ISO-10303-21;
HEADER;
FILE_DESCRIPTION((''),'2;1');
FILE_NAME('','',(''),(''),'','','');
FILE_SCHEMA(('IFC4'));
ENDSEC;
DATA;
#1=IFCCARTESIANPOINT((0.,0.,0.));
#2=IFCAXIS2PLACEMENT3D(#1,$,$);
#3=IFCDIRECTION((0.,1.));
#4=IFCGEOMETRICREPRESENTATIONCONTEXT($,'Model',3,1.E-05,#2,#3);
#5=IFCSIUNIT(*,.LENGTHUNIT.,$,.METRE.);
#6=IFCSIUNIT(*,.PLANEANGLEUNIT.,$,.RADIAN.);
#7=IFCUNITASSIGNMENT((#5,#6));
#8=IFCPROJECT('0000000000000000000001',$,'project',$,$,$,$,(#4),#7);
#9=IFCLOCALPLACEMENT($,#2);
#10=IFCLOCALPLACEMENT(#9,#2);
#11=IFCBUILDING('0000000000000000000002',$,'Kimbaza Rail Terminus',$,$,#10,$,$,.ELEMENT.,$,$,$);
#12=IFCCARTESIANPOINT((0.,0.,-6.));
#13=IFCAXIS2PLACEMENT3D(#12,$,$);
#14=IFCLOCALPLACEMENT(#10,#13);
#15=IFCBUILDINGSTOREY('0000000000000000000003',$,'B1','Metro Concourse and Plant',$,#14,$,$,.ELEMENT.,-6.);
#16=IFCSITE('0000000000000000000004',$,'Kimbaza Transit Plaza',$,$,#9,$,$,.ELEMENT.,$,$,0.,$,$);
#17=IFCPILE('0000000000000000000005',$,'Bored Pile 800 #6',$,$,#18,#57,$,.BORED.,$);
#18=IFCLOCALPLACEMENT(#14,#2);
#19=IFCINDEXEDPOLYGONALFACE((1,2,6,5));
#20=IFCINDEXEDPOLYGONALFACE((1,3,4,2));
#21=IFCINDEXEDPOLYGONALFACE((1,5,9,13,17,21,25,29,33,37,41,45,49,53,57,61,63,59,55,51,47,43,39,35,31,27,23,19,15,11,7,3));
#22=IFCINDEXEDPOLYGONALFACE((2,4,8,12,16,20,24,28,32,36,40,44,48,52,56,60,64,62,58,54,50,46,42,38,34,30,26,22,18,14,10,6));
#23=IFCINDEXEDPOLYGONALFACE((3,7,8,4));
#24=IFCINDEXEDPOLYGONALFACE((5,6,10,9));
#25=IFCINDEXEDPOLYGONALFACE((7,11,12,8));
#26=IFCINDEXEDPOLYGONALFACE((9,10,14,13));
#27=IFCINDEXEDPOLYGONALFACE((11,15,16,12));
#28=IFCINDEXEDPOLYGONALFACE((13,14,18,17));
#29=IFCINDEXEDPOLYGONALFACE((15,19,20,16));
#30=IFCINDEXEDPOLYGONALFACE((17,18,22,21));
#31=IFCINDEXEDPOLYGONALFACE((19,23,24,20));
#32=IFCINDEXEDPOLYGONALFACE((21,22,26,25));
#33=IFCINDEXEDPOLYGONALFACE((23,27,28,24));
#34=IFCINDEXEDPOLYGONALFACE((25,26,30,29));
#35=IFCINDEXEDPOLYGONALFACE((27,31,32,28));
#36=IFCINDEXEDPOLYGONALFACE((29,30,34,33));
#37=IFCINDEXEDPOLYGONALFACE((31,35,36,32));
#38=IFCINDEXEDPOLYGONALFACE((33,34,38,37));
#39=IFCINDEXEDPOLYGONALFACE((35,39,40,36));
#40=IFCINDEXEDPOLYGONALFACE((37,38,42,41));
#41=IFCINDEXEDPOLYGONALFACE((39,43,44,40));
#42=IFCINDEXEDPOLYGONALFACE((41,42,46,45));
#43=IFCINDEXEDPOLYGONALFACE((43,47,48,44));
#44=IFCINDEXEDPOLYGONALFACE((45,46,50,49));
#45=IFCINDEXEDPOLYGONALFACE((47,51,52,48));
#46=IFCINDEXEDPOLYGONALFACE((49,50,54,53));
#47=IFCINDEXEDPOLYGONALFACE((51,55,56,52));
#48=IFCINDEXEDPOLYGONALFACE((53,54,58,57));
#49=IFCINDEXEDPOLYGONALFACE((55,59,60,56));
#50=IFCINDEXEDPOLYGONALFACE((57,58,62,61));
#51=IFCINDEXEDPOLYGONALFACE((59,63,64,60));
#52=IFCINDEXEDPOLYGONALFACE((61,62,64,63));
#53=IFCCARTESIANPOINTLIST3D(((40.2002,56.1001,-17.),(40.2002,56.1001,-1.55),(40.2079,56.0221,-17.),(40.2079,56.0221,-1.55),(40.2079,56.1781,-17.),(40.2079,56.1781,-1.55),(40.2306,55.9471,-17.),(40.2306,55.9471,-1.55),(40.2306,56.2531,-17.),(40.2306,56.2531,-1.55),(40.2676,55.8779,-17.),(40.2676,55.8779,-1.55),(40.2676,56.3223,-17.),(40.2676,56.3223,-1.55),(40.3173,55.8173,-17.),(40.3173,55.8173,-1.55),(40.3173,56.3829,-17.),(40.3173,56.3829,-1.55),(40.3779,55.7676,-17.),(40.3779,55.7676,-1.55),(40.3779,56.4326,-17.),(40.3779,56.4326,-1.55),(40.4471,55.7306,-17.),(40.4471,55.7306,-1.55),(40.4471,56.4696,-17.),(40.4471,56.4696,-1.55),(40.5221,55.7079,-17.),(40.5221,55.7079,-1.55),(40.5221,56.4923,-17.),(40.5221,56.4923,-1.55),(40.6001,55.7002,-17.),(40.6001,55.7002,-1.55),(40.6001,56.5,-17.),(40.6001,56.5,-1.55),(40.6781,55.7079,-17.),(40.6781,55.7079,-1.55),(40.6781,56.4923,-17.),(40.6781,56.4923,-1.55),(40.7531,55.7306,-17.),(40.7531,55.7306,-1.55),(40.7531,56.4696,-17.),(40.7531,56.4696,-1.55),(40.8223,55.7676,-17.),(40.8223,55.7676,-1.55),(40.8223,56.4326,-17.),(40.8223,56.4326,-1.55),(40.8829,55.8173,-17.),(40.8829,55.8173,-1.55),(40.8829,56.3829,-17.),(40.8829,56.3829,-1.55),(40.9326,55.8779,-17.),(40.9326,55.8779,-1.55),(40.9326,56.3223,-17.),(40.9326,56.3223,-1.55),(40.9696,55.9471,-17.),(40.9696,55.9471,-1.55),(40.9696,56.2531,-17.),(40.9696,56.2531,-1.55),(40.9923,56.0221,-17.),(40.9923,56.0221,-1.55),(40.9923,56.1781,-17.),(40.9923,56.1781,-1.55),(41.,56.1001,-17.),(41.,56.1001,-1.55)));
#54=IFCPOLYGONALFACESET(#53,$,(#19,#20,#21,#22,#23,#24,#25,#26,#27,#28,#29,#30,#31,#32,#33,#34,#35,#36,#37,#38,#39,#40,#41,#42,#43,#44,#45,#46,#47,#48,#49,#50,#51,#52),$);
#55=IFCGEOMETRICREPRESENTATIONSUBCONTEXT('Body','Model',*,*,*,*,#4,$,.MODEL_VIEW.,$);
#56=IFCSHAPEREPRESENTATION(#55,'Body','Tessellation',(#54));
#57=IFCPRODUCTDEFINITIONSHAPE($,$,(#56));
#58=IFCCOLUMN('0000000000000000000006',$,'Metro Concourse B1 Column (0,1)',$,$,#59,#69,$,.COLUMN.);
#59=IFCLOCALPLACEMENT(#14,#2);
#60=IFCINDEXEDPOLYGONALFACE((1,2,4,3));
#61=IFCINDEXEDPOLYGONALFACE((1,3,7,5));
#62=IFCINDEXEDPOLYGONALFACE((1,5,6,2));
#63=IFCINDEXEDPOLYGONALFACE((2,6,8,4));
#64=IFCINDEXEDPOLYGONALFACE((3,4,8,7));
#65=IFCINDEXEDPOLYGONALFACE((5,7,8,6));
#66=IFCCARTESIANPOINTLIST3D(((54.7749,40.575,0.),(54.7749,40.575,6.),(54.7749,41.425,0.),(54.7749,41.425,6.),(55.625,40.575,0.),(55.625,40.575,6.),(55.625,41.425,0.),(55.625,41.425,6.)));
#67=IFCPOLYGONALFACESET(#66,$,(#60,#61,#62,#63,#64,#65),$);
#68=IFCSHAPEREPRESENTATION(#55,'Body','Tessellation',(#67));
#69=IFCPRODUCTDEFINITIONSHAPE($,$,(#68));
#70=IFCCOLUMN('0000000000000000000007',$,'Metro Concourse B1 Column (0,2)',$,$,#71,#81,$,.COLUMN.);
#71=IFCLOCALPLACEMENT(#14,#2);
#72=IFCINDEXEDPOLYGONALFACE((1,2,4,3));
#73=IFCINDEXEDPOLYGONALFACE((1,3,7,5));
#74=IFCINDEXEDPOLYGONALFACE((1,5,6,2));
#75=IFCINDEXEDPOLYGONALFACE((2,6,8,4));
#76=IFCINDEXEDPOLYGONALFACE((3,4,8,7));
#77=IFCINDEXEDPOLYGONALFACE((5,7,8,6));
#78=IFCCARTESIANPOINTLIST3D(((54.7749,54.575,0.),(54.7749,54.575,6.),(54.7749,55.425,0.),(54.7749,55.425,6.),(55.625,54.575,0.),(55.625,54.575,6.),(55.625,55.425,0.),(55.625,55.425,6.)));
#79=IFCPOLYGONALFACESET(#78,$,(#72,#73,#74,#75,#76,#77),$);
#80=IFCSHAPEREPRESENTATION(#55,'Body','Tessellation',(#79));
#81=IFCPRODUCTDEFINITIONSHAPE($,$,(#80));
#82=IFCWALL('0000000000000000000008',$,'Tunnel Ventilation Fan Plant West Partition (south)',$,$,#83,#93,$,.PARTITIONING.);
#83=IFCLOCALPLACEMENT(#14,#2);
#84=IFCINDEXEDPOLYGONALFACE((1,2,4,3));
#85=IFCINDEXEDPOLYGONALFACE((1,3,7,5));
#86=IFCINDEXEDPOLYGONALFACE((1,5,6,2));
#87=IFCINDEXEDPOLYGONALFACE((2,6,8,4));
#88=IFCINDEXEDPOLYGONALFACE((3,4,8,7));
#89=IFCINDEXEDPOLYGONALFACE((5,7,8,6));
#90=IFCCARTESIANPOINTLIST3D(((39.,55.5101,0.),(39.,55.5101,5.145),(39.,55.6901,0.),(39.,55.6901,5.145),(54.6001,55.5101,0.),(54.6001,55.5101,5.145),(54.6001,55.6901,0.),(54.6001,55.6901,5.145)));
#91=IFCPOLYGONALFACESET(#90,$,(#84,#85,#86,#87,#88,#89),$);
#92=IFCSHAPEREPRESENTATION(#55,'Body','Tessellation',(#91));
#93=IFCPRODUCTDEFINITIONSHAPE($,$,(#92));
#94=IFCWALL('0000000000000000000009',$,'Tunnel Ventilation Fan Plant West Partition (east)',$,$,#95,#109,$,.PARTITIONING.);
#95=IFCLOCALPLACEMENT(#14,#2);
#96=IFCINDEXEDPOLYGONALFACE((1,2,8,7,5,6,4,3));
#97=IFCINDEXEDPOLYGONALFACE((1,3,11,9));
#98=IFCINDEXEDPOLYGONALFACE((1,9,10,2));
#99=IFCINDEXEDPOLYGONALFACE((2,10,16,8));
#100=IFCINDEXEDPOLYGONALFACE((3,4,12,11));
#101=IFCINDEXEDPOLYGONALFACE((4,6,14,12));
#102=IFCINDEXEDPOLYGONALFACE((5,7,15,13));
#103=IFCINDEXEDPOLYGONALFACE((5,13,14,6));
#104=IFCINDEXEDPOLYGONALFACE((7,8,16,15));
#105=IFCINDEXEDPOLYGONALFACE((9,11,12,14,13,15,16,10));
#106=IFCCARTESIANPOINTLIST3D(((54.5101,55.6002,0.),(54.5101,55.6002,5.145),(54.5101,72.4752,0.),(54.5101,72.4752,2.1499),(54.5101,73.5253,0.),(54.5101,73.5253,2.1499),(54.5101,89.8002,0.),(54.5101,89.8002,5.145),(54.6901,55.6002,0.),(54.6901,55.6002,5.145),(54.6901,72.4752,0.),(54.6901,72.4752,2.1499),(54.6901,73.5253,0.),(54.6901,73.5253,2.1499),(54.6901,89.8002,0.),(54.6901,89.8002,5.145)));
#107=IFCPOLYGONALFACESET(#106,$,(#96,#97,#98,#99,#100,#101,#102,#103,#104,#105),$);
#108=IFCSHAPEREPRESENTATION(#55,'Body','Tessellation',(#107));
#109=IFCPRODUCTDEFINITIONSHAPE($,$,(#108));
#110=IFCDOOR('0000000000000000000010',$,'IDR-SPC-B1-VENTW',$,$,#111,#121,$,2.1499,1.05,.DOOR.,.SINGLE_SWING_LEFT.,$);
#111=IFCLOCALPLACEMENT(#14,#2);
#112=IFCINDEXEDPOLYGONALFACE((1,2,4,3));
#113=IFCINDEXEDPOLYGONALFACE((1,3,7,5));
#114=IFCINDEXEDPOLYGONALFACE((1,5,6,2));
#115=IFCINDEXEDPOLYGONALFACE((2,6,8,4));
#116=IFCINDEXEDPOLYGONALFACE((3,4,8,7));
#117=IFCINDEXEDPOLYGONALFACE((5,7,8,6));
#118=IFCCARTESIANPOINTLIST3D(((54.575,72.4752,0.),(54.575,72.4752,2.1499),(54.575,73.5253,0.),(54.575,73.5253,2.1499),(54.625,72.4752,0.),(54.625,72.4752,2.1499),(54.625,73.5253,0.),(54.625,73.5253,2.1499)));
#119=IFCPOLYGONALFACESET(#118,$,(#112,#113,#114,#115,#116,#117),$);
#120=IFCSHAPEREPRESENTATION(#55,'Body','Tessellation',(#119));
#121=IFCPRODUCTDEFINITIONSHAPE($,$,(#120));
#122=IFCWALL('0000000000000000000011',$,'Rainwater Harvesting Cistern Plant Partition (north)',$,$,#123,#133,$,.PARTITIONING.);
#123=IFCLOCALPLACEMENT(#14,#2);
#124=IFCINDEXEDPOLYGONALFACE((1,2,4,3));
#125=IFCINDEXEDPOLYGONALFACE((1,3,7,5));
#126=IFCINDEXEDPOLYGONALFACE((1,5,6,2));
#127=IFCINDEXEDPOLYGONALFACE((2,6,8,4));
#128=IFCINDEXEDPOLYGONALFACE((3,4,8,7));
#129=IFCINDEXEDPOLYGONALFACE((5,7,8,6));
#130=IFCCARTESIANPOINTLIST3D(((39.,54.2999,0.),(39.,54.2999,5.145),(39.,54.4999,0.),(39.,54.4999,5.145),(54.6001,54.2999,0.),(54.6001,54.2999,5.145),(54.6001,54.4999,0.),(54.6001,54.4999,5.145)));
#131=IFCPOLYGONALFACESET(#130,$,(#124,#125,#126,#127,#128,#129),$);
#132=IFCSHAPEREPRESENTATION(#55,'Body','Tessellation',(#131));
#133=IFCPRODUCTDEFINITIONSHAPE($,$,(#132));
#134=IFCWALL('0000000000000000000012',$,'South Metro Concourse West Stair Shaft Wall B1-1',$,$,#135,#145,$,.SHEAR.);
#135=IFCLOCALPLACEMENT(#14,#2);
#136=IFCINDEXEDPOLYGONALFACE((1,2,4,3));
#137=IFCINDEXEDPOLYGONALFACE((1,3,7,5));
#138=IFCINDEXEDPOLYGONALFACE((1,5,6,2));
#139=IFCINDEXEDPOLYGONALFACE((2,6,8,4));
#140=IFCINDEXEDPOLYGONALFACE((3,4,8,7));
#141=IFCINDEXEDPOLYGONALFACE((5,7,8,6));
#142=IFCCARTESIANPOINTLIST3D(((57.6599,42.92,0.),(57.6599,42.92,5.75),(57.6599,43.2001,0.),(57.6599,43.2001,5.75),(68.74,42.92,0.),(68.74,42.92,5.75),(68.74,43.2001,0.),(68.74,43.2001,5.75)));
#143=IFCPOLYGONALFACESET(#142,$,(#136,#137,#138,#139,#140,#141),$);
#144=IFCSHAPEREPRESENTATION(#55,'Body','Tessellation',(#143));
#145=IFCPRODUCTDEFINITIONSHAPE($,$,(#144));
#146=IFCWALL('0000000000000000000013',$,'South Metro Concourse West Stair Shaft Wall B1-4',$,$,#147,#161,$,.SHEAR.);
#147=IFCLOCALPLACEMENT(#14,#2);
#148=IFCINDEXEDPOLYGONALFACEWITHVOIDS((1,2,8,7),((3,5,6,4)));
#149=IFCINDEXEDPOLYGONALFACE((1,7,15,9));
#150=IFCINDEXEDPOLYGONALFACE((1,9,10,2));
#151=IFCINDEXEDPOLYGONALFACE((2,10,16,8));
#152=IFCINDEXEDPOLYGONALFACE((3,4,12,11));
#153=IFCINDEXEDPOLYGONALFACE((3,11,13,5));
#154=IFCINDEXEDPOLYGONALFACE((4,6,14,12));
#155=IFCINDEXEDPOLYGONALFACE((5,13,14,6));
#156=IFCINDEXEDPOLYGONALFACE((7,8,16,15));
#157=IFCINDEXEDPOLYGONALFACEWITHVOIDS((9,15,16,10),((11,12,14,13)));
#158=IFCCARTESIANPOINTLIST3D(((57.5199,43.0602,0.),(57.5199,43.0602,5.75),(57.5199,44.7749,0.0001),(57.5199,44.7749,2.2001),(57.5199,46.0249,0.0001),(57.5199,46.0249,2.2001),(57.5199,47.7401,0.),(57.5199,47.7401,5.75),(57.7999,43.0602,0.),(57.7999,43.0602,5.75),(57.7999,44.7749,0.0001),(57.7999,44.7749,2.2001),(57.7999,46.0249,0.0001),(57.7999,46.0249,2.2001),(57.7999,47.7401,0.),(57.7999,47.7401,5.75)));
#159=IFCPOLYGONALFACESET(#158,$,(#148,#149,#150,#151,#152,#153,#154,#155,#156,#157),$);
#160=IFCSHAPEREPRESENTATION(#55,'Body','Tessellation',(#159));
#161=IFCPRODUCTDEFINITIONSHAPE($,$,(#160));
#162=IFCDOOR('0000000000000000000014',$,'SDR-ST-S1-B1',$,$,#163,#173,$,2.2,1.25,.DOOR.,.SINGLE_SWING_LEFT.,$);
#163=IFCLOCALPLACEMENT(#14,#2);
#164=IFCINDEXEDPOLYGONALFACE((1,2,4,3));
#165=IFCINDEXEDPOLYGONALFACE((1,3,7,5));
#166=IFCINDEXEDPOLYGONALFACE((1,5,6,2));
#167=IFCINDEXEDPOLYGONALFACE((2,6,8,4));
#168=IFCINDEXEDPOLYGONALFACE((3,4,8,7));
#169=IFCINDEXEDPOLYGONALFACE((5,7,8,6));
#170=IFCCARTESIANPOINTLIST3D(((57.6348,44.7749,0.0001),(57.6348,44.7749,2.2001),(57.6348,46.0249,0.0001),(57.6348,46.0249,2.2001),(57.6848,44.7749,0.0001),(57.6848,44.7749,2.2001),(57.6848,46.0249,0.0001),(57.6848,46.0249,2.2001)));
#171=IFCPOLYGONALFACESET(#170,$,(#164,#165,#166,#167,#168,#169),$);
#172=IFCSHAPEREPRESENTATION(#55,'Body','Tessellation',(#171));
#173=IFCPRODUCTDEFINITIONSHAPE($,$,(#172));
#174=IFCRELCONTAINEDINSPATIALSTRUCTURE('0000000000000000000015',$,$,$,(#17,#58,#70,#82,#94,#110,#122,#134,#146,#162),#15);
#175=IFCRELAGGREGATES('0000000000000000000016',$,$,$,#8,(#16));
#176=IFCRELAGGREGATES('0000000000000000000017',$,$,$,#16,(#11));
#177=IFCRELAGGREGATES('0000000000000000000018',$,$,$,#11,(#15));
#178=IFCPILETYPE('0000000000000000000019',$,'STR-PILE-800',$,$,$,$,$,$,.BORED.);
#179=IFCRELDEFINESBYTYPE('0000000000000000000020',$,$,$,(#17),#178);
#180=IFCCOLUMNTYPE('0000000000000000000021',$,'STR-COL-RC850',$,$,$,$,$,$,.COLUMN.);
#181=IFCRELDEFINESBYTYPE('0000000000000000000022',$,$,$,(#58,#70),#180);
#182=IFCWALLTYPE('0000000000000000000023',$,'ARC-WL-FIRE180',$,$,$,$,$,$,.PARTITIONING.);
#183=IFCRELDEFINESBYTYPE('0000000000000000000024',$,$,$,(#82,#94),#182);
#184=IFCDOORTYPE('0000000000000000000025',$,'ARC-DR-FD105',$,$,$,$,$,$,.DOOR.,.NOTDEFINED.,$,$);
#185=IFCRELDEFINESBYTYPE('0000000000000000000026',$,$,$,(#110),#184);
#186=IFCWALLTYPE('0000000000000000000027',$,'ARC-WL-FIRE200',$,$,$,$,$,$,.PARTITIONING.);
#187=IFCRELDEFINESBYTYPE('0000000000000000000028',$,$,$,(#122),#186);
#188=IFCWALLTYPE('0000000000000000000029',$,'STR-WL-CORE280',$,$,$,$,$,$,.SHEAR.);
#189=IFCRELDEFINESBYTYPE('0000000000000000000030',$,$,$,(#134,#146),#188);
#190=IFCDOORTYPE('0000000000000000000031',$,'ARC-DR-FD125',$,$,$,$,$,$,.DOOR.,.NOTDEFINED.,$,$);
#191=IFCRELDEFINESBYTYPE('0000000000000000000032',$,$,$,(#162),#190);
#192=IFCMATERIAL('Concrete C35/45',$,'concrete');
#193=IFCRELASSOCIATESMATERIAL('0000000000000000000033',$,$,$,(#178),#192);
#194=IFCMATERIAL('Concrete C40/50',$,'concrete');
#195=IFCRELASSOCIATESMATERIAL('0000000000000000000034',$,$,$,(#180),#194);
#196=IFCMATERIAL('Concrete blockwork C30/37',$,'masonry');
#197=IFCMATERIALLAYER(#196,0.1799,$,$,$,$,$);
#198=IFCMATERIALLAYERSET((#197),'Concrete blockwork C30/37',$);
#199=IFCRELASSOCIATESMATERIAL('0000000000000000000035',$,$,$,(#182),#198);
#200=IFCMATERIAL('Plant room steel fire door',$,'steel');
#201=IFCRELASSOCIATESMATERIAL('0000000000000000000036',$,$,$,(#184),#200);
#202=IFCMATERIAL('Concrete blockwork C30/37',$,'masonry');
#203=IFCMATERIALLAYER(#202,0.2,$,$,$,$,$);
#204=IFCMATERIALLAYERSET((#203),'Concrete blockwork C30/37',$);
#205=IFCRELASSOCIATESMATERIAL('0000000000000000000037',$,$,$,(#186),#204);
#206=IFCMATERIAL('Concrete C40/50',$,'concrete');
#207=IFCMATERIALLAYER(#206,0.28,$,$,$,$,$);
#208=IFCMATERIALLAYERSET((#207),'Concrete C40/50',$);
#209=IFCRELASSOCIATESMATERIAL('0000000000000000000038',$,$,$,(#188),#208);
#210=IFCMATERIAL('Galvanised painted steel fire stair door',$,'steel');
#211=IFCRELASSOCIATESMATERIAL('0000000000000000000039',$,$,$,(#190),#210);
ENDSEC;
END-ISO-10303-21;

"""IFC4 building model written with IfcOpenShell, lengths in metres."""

from ifc_helpers import new_model, si_unit, direction, frame, frame_2d, origin, origin_2d, place, context, subcontext, project, spatial, rectangle, circle, extrude, material, layer, layer_set, material_profile, profile_set, type_object, element, fill, save


model = new_model("IFC4")

# Units and contexts
model_context = context("Model", 3, precision=1e-05, world=origin(), true_north=direction((0.0, 1.0)))
body_context = subcontext(model_context, "Body", "Model", "MODEL_VIEW")
ifc_project = project(units=[si_unit("LENGTHUNIT", "METRE"), si_unit("PLANEANGLEUNIT", "RADIAN")], contexts=[model_context])

# Site, building, storey
site_placement = place(None, origin())
site = spatial("IfcSite", under=ifc_project, at=site_placement, Name="Kimbaza Transit Plaza", CompositionType="ELEMENT", RefElevation=0.0)
building_placement = place(site_placement, origin())
building = spatial("IfcBuilding", under=site, at=building_placement, Name="Kimbaza Rail Terminus", CompositionType="ELEMENT")
storey_placement = place(building_placement, frame((0.0, 0.0, -6.0)))
storey = spatial("IfcBuildingStorey", under=building, at=storey_placement, Name="B1", Description="Metro Concourse and Plant", CompositionType="ELEMENT", Elevation=-6.0)

# Pile
ifc_material_1 = material(Name="Concrete C35/45", Category="concrete")
ifc_material_profile_1 = material_profile(ifc_material_1, circle(Radius=0.3999, at=origin_2d()), Name="BORED PILE 800")
ifc_profile_set_1 = profile_set([ifc_material_profile_1], Name="Concrete C35/45")
pile_type = type_object("IfcPileType", Name="STR-PILE-800", PredefinedType="BORED", material=ifc_profile_set_1)
for number, where, z_axis, x_axis, name in (
    (1, (40.6001, 56.1001, -1.55), (0.0, 0.0, -1.0), (1.0, 0.0, 0.0), "Bored Pile 800 #6"),
):
    element("IfcPile", number, at=place(storey_placement, frame(where, z_axis=z_axis, x_axis=x_axis)), inside=storey, type_object=pile_type, Name=name, PredefinedType="BORED", context=body_context, shape_type="SweptSolid", body=[
        extrude(circle(Radius=0.3999, at=origin_2d()), origin(), (0.0, 0.0, 1.0), 15.45),
    ])

# Columns
ifc_material_2 = material(Name="Concrete C40/50", Category="concrete")
ifc_material_profile_2 = material_profile(ifc_material_2, rectangle(XDim=0.8501, YDim=0.8501, at=origin_2d()), Name="RC 850x850")
ifc_profile_set_2 = profile_set([ifc_material_profile_2], Name="Concrete C40/50")
column_type = type_object("IfcColumnType", Name="STR-COL-RC850", PredefinedType="COLUMN", material=ifc_profile_set_2)
for number, where, z_axis, x_axis, name in (
    (2, (55.2, 41.0, 0.0), (0.0, 0.0, 1.0), (1.0, 0.0, 0.0), "Metro Concourse B1 Column (0,1)"),
    (3, (55.2, 55.0, 0.0), (0.0, 0.0, 1.0), (1.0, 0.0, 0.0), "Metro Concourse B1 Column (0,2)"),
):
    element("IfcColumn", number, at=place(storey_placement, frame(where, z_axis=z_axis, x_axis=x_axis)), inside=storey, type_object=column_type, Name=name, PredefinedType="COLUMN", context=body_context, shape_type="SweptSolid", body=[
        extrude(rectangle(XDim=0.8501, YDim=0.8501, at=origin_2d()), origin(), (0.0, 0.0, 1.0), 6.0),
    ])

# Wall
ifc_material_3 = material(Name="Concrete blockwork C30/37", Category="masonry")
ifc_layer_1 = layer(ifc_material_3, 0.1799)
ifc_layer_set_1 = layer_set([ifc_layer_1], Name="Concrete blockwork C30/37")
wall_type_1 = type_object("IfcWallType", Name="ARC-WL-FIRE180", PredefinedType="PARTITIONING", material=ifc_layer_set_1)
wall_1_placement = place(storey_placement, frame((39.0, 55.6001, 0.0), z_axis=(0.0, 0.0, 1.0), x_axis=(1.0, 0.0, 0.0)))
element("IfcWall", 4, at=wall_1_placement, inside=storey, type_object=wall_type_1, Name="Tunnel Ventilation Fan Plant West Partition (south)", PredefinedType="PARTITIONING", context=body_context, shape_type="SweptSolid", body=[
    extrude(rectangle(XDim=15.6001, YDim=0.1799, at=frame_2d((7.8, 0.0))), origin(), (0.0, 0.0, 1.0), 5.145),
])

# Wall, opening, door
wall_2_placement = place(storey_placement, frame((54.6001, 55.6001, 0.0), z_axis=(0.0, 0.0, 1.0), x_axis=(0.0, 1.0, 0.0)))
wall_2 = element("IfcWall", 5, at=wall_2_placement, inside=storey, type_object=wall_type_1, Name="Tunnel Ventilation Fan Plant West Partition (east)", PredefinedType="PARTITIONING", context=body_context, shape_type="SweptSolid", body=[
    extrude(rectangle(XDim=34.2, YDim=0.1799, at=frame_2d((17.1001, 0.0))), origin(), (0.0, 0.0, 1.0), 5.145),
])
opening_1_placement = place(wall_2_placement, frame((17.925, 0.0, 0.0), z_axis=(0.0, 0.0, 1.0), x_axis=(-1.0, 0.0, 0.0)))
opening_1 = element("IfcOpeningElement", 6, at=opening_1_placement, cuts=wall_2, PredefinedType="OPENING", context=body_context, shape_type="SweptSolid", body=[
    extrude(rectangle(XDim=1.05, YDim=2.1499, at=frame_2d((0.5249, 1.075))), frame((0.0, 0.0999, 0.0), z_axis=(0.0, -1.0, 0.0), x_axis=(1.0, 0.0, 0.0)), (0.0, 0.0, 1.0), 0.2),
])
ifc_material_4 = material(Name="Plant room steel fire door", Category="steel")
door_type_1 = type_object("IfcDoorType", Name="ARC-DR-FD105", OperationType="NOTDEFINED", PredefinedType="DOOR", material=ifc_material_4)
door_1_placement = place(opening_1_placement, origin())
door_1 = element("IfcDoor", 7, at=door_1_placement, inside=storey, type_object=door_type_1, Name="IDR-SPC-B1-VENTW", OperationType="SINGLE_SWING_LEFT", OverallHeight=2.1499, OverallWidth=1.05, PredefinedType="DOOR", context=body_context, shape_type="SweptSolid", body=[
    extrude(rectangle(XDim=1.05, YDim=2.1499, at=frame_2d((0.5249, 1.075))), frame((0.0, 0.0249, 0.0), z_axis=(0.0, -1.0, 0.0), x_axis=(1.0, 0.0, 0.0)), (0.0, 0.0, 1.0), 0.05),
])
fill(opening_1, door_1)

# Walls
ifc_material_5 = material(Name="Concrete blockwork C30/37", Category="masonry")
ifc_layer_2 = layer(ifc_material_5, 0.2)
ifc_layer_set_2 = layer_set([ifc_layer_2], Name="Concrete blockwork C30/37")
wall_type_2 = type_object("IfcWallType", Name="ARC-WL-FIRE200", PredefinedType="PARTITIONING", material=ifc_layer_set_2)
wall_3_placement = place(storey_placement, frame((54.6001, 54.3999, 0.0), z_axis=(0.0, 0.0, 1.0), x_axis=(-1.0, 0.0, 0.0)))
element("IfcWall", 8, at=wall_3_placement, inside=storey, type_object=wall_type_2, Name="Rainwater Harvesting Cistern Plant Partition (north)", PredefinedType="PARTITIONING", context=body_context, shape_type="SweptSolid", body=[
    extrude(rectangle(XDim=15.6001, YDim=0.2, at=frame_2d((7.8, 0.0))), origin(), (0.0, 0.0, 1.0), 5.145),
])
ifc_material_6 = material(Name="Concrete C40/50", Category="concrete")
ifc_layer_3 = layer(ifc_material_6, 0.28)
ifc_layer_set_3 = layer_set([ifc_layer_3], Name="Concrete C40/50")
wall_type_3 = type_object("IfcWallType", Name="STR-WL-CORE280", PredefinedType="SHEAR", material=ifc_layer_set_3)
wall_4_placement = place(storey_placement, frame((57.6599, 43.0601, 0.0), z_axis=(0.0, 0.0, 1.0), x_axis=(1.0, 0.0, 0.0)))
element("IfcWall", 9, at=wall_4_placement, inside=storey, type_object=wall_type_3, Name="South Metro Concourse West Stair Shaft Wall B1-1", PredefinedType="SHEAR", context=body_context, shape_type="SweptSolid", body=[
    extrude(rectangle(XDim=11.0801, YDim=0.28, at=frame_2d((5.54, 0.0))), origin(), (0.0, 0.0, 1.0), 5.75),
])

# Wall, opening, door
wall_5_placement = place(storey_placement, frame((57.6599, 47.74, 0.0), z_axis=(0.0, 0.0, 1.0), x_axis=(0.0, -1.0, 0.0)))
wall_5 = element("IfcWall", 10, at=wall_5_placement, inside=storey, type_object=wall_type_3, Name="South Metro Concourse West Stair Shaft Wall B1-4", PredefinedType="SHEAR", context=body_context, shape_type="SweptSolid", body=[
    extrude(rectangle(XDim=4.6799, YDim=0.28, at=frame_2d((2.3398, 0.0))), origin(), (0.0, 0.0, 1.0), 5.75),
])
opening_2_placement = place(wall_5_placement, frame((1.7151, 0.0, 0.0)))
opening_2 = element("IfcOpeningElement", 11, at=opening_2_placement, cuts=wall_5, PredefinedType="OPENING", context=body_context, shape_type="SweptSolid", body=[
    extrude(rectangle(XDim=1.25, YDim=2.2, at=frame_2d((0.625, 1.1001))), frame((0.0, 0.1499, 0.0), z_axis=(0.0, -1.0, 0.0), x_axis=(1.0, 0.0, 0.0)), (0.0, 0.0, 1.0), 0.3),
])
ifc_material_7 = material(Name="Galvanised painted steel fire stair door", Category="steel")
door_type_2 = type_object("IfcDoorType", Name="ARC-DR-FD125", OperationType="NOTDEFINED", PredefinedType="DOOR", material=ifc_material_7)
door_2_placement = place(opening_2_placement, origin())
door_2 = element("IfcDoor", 12, at=door_2_placement, inside=storey, type_object=door_type_2, Name="SDR-ST-S1-B1", OperationType="SINGLE_SWING_LEFT", OverallHeight=2.2, OverallWidth=1.25, PredefinedType="DOOR", context=body_context, shape_type="SweptSolid", body=[
    extrude(rectangle(XDim=1.25, YDim=2.2, at=frame_2d((0.625, 1.1001))), frame((0.0, 0.0249, 0.0), z_axis=(0.0, -1.0, 0.0), x_axis=(1.0, 0.0, 0.0)), (0.0, 0.0, 1.0), 0.05),
])
fill(opening_2, door_2)

save(model, "model.ifc")
